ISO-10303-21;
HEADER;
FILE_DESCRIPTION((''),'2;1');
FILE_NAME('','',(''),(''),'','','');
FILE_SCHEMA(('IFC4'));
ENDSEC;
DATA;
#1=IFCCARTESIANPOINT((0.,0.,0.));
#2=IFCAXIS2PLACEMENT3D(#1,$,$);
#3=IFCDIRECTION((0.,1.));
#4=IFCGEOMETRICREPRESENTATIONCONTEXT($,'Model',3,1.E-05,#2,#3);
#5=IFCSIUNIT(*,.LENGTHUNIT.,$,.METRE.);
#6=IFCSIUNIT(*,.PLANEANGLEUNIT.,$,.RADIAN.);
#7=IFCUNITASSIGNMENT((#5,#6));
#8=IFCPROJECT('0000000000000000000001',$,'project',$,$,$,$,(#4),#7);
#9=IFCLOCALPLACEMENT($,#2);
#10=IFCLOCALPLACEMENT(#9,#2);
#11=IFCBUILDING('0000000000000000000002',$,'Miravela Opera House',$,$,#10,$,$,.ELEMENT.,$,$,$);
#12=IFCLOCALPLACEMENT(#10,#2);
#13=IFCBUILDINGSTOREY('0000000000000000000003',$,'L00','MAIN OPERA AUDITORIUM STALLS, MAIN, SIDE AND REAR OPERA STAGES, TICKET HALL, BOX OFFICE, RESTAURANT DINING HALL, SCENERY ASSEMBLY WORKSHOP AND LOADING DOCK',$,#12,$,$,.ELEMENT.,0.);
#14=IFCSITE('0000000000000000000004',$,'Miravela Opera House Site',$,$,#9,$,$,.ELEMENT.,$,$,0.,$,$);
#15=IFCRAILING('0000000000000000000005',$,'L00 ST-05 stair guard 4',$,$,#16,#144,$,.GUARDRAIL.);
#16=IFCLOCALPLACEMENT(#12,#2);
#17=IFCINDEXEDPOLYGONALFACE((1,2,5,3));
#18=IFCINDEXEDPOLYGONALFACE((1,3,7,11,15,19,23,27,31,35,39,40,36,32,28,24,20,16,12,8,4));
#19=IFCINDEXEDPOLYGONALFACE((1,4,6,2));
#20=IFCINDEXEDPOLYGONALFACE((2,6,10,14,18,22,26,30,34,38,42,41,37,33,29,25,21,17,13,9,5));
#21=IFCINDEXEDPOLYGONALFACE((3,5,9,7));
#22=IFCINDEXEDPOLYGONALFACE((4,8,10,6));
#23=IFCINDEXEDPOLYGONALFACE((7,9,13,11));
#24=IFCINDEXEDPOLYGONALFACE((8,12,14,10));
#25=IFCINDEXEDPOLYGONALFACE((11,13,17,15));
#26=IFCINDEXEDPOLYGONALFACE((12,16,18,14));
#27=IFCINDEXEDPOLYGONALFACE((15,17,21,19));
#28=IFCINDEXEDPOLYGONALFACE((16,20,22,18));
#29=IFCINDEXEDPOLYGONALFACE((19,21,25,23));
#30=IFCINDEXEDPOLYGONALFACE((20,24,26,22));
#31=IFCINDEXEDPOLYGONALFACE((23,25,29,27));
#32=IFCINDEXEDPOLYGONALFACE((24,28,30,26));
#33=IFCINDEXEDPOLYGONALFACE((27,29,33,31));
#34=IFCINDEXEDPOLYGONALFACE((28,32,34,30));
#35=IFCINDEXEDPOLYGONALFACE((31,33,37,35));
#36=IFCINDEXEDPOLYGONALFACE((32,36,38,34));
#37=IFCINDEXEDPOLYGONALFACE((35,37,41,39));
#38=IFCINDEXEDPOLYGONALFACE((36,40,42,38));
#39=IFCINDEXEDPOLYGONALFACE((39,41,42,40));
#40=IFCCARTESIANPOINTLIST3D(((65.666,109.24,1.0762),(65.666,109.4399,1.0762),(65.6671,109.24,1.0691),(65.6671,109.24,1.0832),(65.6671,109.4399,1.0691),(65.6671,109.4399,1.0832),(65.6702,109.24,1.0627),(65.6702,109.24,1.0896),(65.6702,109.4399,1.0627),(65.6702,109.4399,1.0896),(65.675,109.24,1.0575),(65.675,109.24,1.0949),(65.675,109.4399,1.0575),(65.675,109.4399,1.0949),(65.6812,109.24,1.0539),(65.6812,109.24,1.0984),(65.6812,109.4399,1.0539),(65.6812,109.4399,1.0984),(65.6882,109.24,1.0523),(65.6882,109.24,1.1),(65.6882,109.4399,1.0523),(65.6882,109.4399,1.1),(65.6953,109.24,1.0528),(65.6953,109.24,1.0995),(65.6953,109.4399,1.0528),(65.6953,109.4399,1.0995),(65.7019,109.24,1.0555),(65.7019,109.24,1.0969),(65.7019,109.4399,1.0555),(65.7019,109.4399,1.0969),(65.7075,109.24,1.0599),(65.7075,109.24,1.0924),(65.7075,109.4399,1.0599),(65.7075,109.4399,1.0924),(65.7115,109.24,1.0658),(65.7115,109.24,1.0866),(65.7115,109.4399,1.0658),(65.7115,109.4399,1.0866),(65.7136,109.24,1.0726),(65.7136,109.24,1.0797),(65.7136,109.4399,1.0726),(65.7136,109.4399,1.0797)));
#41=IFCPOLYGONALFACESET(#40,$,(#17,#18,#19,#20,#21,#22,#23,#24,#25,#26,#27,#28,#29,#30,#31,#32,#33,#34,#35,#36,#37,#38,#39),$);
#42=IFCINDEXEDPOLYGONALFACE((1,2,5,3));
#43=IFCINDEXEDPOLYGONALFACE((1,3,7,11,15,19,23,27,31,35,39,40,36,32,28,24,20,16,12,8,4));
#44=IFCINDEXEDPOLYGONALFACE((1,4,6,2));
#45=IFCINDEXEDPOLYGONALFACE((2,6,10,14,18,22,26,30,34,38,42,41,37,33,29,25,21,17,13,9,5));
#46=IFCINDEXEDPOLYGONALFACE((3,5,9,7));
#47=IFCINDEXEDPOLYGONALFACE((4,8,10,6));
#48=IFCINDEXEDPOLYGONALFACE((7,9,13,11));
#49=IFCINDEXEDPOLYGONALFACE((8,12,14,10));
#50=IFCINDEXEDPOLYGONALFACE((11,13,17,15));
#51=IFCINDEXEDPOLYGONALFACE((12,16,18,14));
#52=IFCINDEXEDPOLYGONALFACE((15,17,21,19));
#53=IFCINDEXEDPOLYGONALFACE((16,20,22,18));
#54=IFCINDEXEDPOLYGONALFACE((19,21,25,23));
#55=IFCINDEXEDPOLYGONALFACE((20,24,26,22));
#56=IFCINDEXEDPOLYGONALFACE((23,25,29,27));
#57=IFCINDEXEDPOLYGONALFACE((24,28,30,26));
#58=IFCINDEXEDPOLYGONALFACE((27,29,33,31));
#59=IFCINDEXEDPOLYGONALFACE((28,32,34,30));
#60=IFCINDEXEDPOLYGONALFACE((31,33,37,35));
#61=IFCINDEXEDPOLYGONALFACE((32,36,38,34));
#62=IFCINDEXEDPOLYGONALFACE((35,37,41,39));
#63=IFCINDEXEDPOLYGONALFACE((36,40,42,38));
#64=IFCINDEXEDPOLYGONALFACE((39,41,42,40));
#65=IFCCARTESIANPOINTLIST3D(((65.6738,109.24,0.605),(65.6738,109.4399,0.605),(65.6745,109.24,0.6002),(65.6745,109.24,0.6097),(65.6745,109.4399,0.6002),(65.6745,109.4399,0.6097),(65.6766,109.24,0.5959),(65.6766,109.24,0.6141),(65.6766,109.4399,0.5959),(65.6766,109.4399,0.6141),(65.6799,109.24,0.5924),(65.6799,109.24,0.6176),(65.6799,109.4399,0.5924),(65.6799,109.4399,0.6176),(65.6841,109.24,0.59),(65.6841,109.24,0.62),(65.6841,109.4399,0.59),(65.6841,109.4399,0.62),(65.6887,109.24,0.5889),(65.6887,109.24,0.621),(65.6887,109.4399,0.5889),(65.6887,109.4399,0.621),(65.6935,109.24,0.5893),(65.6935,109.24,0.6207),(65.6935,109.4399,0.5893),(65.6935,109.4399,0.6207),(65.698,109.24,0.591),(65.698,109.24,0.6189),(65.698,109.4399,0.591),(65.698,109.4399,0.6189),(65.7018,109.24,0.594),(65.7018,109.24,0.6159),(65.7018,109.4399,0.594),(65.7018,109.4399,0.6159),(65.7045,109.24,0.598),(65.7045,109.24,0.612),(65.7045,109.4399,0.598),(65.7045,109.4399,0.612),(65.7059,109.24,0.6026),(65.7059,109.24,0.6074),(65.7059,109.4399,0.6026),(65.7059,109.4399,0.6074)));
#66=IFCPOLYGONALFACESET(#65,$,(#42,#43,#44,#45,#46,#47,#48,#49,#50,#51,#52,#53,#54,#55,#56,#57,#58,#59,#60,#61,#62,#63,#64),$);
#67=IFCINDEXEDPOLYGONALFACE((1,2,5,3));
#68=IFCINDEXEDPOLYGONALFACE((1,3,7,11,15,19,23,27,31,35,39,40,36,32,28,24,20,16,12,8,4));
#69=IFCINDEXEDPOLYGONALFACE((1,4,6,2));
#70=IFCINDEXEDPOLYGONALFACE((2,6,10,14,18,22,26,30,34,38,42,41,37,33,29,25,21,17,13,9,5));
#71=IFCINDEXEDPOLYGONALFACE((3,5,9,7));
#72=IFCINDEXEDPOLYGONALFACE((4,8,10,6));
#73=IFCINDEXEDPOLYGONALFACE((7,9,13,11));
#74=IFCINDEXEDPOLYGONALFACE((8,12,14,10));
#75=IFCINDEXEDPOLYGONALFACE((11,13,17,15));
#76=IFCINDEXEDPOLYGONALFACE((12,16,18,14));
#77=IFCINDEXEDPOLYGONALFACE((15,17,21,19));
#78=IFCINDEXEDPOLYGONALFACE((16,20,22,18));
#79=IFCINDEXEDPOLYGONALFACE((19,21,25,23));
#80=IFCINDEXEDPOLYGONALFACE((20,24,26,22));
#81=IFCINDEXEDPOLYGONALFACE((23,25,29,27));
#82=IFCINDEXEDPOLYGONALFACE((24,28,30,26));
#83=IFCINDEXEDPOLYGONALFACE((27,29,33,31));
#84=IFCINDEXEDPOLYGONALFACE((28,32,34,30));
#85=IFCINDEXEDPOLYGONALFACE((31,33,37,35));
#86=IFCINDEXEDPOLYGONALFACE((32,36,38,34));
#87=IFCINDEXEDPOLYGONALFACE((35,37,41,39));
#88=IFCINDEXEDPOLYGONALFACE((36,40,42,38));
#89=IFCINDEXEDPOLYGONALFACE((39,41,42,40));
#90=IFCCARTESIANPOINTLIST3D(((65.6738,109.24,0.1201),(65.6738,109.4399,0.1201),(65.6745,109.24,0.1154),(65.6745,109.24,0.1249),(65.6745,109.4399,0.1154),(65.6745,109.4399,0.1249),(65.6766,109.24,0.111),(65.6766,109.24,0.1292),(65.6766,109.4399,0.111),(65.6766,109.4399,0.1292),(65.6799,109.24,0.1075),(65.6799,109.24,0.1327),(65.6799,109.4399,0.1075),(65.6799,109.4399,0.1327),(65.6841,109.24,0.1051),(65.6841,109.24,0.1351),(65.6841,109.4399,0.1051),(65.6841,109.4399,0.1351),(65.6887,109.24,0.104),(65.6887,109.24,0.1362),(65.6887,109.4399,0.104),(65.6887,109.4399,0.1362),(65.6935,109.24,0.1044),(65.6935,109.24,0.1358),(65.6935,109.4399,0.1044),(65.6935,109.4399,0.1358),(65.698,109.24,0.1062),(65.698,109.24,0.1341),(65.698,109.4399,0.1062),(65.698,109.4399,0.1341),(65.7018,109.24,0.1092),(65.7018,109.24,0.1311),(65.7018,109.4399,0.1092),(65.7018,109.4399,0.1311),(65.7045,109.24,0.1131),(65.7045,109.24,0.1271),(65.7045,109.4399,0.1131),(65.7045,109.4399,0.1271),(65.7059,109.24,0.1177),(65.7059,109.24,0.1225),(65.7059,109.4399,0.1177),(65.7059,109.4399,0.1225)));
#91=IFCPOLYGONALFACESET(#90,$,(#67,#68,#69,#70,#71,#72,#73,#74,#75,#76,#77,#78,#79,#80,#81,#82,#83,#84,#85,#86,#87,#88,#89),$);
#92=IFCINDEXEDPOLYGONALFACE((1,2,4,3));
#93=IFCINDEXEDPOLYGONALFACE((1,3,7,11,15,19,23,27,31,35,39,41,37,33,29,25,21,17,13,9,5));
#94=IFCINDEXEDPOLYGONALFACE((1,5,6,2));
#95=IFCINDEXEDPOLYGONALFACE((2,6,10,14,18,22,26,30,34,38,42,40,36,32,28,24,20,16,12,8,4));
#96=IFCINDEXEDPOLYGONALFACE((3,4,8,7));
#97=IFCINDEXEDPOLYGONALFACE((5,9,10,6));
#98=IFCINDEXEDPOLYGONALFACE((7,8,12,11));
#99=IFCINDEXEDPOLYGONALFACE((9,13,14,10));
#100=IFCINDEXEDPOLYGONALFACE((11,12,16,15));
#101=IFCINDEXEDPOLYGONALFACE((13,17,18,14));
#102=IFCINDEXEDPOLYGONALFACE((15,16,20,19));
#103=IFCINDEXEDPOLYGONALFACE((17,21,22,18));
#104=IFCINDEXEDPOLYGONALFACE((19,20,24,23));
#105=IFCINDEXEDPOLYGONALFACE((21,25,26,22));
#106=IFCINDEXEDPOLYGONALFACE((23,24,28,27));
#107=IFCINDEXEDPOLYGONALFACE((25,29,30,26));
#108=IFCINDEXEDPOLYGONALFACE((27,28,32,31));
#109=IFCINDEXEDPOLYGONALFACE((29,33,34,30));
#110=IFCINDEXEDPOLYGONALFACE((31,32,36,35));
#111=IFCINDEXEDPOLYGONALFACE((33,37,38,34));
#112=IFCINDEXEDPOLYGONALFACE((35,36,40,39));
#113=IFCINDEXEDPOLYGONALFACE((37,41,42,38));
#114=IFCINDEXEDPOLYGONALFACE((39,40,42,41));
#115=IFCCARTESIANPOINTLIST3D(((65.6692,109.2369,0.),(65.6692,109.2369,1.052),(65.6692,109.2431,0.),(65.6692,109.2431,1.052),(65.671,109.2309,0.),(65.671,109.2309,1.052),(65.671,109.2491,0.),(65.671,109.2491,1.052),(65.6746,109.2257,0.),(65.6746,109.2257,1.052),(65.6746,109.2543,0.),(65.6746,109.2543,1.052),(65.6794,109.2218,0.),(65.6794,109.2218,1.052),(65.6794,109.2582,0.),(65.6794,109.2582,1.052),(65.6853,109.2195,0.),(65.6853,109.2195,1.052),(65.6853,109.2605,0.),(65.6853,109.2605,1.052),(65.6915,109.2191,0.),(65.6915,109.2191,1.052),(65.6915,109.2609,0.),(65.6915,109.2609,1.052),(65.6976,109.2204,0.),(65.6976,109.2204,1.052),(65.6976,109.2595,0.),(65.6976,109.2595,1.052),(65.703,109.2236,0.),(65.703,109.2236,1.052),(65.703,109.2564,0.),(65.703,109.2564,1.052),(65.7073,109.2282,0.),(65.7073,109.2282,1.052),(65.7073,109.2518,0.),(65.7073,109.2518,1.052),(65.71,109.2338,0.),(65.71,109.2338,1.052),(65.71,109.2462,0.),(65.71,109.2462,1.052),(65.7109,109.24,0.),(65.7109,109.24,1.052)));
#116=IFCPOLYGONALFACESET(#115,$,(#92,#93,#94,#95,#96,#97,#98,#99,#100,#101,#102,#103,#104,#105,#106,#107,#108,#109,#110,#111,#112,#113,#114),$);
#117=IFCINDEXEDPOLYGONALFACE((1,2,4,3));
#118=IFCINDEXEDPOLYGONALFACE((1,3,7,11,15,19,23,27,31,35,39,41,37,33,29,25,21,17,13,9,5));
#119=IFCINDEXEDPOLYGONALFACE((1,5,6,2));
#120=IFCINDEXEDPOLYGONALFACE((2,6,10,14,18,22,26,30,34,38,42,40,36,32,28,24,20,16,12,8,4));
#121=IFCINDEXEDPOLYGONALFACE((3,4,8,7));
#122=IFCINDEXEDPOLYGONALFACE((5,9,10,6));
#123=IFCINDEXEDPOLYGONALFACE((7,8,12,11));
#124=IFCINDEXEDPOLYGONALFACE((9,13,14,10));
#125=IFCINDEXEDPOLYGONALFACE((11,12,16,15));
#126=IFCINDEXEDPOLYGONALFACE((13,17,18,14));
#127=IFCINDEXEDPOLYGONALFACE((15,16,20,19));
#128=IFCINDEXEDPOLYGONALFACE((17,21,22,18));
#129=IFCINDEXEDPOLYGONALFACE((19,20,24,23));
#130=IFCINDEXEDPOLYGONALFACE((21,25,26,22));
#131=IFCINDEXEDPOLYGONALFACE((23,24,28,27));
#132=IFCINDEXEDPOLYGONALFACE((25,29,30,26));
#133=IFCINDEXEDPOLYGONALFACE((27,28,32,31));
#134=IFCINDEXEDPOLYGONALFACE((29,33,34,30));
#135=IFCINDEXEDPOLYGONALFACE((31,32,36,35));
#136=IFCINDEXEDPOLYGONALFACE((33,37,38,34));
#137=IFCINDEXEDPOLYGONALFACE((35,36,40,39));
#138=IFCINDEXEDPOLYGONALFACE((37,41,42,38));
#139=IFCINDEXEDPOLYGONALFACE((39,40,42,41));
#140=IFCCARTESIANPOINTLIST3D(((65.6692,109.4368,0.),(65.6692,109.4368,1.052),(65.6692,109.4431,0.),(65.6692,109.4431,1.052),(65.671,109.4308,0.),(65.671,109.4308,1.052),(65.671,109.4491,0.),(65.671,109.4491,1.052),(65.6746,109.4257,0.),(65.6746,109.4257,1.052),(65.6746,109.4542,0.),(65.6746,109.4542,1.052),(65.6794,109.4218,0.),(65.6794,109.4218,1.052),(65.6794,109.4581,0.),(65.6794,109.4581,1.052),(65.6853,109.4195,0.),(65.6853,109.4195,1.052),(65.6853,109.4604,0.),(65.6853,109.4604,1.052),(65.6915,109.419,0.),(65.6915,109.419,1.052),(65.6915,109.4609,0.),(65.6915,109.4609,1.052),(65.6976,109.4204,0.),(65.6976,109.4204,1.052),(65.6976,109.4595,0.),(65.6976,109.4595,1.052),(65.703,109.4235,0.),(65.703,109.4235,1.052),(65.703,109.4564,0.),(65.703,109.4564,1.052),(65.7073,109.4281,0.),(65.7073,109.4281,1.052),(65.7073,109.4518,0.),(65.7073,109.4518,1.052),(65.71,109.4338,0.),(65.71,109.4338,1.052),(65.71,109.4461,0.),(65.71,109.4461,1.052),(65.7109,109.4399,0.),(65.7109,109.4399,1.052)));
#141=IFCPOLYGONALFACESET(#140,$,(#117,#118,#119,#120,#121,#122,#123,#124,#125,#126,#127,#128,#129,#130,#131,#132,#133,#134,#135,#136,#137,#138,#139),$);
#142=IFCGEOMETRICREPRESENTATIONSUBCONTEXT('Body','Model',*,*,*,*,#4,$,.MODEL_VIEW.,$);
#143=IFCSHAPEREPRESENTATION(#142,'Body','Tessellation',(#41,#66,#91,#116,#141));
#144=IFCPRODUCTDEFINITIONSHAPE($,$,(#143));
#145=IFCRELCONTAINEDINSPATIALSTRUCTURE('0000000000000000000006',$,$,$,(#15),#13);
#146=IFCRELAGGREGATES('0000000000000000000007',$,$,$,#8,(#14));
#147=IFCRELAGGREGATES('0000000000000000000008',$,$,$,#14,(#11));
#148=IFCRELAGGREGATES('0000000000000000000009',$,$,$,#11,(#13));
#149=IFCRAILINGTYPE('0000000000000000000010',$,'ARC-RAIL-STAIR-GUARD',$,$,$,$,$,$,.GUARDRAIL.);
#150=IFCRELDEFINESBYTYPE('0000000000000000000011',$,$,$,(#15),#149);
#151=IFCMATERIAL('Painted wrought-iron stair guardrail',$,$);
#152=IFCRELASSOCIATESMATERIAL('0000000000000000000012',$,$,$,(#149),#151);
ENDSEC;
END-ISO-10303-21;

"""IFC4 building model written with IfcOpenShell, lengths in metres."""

from ifc_helpers import new_model, si_unit, direction, frame, origin, origin_2d, place, context, subcontext, project, spatial, circle, extrude, material, type_object, element, save


model = new_model("IFC4")

# Units and contexts
model_context = context("Model", 3, precision=1e-05, world=origin(), true_north=direction((0.0, 1.0)))
body_context = subcontext(model_context, "Body", "Model", "MODEL_VIEW")
ifc_project = project(units=[si_unit("LENGTHUNIT", "METRE"), si_unit("PLANEANGLEUNIT", "RADIAN")], contexts=[model_context])

# Site, building, storey
site_placement = place(None, origin())
site = spatial("IfcSite", under=ifc_project, at=site_placement, Name="Miravela Opera House Site", CompositionType="ELEMENT", RefElevation=0.0)
building_placement = place(site_placement, origin())
building = spatial("IfcBuilding", under=site, at=building_placement, Name="Miravela Opera House", CompositionType="ELEMENT")
storey_placement = place(building_placement, origin())
storey = spatial("IfcBuildingStorey", under=building, at=storey_placement, Name="L00", Description="MAIN OPERA AUDITORIUM STALLS, MAIN, SIDE AND REAR OPERA STAGES, TICKET HALL, BOX OFFICE, RESTAURANT DINING HALL, SCENERY ASSEMBLY WORKSHOP AND LOADING DOCK", CompositionType="ELEMENT", Elevation=0.0)

# Railing
ifc_material_1 = material(Name="Painted wrought-iron stair guardrail")
railing_type = type_object("IfcRailingType", Name="ARC-RAIL-STAIR-GUARD", PredefinedType="GUARDRAIL", material=ifc_material_1)
railing_1_placement = place(storey_placement, frame((65.6899, 109.24, 0.0)))
element("IfcRailing", 1, at=railing_1_placement, inside=storey, type_object=railing_type, Name="L00 ST-05 stair guard 4", PredefinedType="GUARDRAIL", context=body_context, shape_type="SweptSolid", body=[
    extrude(circle(Radius=0.0239, at=origin_2d()), frame((0.0, 0.0, 1.0762), z_axis=(0.0, 1.0, 0.0), x_axis=(-1.0, 0.0, 0.0)), (0.0, 0.0, 1.0), 0.2),
    extrude(circle(Radius=0.0161, at=origin_2d()), frame((0.0, 0.0, 0.605), z_axis=(0.0, 1.0, 0.0), x_axis=(-1.0, 0.0, 0.0)), (0.0, 0.0, 1.0), 0.2),
    extrude(circle(Radius=0.0161, at=origin_2d()), frame((0.0, 0.0, 0.1201), z_axis=(0.0, 1.0, 0.0), x_axis=(-1.0, 0.0, 0.0)), (0.0, 0.0, 1.0), 0.2),
    extrude(circle(Radius=0.021, at=origin_2d()), origin(), (0.0, 0.0, 1.0), 1.052),
    extrude(circle(Radius=0.021, at=origin_2d()), frame((0.0, 0.2, 0.0)), (0.0, 0.0, 1.0), 1.052),
])

save(model, "model.ifc")
